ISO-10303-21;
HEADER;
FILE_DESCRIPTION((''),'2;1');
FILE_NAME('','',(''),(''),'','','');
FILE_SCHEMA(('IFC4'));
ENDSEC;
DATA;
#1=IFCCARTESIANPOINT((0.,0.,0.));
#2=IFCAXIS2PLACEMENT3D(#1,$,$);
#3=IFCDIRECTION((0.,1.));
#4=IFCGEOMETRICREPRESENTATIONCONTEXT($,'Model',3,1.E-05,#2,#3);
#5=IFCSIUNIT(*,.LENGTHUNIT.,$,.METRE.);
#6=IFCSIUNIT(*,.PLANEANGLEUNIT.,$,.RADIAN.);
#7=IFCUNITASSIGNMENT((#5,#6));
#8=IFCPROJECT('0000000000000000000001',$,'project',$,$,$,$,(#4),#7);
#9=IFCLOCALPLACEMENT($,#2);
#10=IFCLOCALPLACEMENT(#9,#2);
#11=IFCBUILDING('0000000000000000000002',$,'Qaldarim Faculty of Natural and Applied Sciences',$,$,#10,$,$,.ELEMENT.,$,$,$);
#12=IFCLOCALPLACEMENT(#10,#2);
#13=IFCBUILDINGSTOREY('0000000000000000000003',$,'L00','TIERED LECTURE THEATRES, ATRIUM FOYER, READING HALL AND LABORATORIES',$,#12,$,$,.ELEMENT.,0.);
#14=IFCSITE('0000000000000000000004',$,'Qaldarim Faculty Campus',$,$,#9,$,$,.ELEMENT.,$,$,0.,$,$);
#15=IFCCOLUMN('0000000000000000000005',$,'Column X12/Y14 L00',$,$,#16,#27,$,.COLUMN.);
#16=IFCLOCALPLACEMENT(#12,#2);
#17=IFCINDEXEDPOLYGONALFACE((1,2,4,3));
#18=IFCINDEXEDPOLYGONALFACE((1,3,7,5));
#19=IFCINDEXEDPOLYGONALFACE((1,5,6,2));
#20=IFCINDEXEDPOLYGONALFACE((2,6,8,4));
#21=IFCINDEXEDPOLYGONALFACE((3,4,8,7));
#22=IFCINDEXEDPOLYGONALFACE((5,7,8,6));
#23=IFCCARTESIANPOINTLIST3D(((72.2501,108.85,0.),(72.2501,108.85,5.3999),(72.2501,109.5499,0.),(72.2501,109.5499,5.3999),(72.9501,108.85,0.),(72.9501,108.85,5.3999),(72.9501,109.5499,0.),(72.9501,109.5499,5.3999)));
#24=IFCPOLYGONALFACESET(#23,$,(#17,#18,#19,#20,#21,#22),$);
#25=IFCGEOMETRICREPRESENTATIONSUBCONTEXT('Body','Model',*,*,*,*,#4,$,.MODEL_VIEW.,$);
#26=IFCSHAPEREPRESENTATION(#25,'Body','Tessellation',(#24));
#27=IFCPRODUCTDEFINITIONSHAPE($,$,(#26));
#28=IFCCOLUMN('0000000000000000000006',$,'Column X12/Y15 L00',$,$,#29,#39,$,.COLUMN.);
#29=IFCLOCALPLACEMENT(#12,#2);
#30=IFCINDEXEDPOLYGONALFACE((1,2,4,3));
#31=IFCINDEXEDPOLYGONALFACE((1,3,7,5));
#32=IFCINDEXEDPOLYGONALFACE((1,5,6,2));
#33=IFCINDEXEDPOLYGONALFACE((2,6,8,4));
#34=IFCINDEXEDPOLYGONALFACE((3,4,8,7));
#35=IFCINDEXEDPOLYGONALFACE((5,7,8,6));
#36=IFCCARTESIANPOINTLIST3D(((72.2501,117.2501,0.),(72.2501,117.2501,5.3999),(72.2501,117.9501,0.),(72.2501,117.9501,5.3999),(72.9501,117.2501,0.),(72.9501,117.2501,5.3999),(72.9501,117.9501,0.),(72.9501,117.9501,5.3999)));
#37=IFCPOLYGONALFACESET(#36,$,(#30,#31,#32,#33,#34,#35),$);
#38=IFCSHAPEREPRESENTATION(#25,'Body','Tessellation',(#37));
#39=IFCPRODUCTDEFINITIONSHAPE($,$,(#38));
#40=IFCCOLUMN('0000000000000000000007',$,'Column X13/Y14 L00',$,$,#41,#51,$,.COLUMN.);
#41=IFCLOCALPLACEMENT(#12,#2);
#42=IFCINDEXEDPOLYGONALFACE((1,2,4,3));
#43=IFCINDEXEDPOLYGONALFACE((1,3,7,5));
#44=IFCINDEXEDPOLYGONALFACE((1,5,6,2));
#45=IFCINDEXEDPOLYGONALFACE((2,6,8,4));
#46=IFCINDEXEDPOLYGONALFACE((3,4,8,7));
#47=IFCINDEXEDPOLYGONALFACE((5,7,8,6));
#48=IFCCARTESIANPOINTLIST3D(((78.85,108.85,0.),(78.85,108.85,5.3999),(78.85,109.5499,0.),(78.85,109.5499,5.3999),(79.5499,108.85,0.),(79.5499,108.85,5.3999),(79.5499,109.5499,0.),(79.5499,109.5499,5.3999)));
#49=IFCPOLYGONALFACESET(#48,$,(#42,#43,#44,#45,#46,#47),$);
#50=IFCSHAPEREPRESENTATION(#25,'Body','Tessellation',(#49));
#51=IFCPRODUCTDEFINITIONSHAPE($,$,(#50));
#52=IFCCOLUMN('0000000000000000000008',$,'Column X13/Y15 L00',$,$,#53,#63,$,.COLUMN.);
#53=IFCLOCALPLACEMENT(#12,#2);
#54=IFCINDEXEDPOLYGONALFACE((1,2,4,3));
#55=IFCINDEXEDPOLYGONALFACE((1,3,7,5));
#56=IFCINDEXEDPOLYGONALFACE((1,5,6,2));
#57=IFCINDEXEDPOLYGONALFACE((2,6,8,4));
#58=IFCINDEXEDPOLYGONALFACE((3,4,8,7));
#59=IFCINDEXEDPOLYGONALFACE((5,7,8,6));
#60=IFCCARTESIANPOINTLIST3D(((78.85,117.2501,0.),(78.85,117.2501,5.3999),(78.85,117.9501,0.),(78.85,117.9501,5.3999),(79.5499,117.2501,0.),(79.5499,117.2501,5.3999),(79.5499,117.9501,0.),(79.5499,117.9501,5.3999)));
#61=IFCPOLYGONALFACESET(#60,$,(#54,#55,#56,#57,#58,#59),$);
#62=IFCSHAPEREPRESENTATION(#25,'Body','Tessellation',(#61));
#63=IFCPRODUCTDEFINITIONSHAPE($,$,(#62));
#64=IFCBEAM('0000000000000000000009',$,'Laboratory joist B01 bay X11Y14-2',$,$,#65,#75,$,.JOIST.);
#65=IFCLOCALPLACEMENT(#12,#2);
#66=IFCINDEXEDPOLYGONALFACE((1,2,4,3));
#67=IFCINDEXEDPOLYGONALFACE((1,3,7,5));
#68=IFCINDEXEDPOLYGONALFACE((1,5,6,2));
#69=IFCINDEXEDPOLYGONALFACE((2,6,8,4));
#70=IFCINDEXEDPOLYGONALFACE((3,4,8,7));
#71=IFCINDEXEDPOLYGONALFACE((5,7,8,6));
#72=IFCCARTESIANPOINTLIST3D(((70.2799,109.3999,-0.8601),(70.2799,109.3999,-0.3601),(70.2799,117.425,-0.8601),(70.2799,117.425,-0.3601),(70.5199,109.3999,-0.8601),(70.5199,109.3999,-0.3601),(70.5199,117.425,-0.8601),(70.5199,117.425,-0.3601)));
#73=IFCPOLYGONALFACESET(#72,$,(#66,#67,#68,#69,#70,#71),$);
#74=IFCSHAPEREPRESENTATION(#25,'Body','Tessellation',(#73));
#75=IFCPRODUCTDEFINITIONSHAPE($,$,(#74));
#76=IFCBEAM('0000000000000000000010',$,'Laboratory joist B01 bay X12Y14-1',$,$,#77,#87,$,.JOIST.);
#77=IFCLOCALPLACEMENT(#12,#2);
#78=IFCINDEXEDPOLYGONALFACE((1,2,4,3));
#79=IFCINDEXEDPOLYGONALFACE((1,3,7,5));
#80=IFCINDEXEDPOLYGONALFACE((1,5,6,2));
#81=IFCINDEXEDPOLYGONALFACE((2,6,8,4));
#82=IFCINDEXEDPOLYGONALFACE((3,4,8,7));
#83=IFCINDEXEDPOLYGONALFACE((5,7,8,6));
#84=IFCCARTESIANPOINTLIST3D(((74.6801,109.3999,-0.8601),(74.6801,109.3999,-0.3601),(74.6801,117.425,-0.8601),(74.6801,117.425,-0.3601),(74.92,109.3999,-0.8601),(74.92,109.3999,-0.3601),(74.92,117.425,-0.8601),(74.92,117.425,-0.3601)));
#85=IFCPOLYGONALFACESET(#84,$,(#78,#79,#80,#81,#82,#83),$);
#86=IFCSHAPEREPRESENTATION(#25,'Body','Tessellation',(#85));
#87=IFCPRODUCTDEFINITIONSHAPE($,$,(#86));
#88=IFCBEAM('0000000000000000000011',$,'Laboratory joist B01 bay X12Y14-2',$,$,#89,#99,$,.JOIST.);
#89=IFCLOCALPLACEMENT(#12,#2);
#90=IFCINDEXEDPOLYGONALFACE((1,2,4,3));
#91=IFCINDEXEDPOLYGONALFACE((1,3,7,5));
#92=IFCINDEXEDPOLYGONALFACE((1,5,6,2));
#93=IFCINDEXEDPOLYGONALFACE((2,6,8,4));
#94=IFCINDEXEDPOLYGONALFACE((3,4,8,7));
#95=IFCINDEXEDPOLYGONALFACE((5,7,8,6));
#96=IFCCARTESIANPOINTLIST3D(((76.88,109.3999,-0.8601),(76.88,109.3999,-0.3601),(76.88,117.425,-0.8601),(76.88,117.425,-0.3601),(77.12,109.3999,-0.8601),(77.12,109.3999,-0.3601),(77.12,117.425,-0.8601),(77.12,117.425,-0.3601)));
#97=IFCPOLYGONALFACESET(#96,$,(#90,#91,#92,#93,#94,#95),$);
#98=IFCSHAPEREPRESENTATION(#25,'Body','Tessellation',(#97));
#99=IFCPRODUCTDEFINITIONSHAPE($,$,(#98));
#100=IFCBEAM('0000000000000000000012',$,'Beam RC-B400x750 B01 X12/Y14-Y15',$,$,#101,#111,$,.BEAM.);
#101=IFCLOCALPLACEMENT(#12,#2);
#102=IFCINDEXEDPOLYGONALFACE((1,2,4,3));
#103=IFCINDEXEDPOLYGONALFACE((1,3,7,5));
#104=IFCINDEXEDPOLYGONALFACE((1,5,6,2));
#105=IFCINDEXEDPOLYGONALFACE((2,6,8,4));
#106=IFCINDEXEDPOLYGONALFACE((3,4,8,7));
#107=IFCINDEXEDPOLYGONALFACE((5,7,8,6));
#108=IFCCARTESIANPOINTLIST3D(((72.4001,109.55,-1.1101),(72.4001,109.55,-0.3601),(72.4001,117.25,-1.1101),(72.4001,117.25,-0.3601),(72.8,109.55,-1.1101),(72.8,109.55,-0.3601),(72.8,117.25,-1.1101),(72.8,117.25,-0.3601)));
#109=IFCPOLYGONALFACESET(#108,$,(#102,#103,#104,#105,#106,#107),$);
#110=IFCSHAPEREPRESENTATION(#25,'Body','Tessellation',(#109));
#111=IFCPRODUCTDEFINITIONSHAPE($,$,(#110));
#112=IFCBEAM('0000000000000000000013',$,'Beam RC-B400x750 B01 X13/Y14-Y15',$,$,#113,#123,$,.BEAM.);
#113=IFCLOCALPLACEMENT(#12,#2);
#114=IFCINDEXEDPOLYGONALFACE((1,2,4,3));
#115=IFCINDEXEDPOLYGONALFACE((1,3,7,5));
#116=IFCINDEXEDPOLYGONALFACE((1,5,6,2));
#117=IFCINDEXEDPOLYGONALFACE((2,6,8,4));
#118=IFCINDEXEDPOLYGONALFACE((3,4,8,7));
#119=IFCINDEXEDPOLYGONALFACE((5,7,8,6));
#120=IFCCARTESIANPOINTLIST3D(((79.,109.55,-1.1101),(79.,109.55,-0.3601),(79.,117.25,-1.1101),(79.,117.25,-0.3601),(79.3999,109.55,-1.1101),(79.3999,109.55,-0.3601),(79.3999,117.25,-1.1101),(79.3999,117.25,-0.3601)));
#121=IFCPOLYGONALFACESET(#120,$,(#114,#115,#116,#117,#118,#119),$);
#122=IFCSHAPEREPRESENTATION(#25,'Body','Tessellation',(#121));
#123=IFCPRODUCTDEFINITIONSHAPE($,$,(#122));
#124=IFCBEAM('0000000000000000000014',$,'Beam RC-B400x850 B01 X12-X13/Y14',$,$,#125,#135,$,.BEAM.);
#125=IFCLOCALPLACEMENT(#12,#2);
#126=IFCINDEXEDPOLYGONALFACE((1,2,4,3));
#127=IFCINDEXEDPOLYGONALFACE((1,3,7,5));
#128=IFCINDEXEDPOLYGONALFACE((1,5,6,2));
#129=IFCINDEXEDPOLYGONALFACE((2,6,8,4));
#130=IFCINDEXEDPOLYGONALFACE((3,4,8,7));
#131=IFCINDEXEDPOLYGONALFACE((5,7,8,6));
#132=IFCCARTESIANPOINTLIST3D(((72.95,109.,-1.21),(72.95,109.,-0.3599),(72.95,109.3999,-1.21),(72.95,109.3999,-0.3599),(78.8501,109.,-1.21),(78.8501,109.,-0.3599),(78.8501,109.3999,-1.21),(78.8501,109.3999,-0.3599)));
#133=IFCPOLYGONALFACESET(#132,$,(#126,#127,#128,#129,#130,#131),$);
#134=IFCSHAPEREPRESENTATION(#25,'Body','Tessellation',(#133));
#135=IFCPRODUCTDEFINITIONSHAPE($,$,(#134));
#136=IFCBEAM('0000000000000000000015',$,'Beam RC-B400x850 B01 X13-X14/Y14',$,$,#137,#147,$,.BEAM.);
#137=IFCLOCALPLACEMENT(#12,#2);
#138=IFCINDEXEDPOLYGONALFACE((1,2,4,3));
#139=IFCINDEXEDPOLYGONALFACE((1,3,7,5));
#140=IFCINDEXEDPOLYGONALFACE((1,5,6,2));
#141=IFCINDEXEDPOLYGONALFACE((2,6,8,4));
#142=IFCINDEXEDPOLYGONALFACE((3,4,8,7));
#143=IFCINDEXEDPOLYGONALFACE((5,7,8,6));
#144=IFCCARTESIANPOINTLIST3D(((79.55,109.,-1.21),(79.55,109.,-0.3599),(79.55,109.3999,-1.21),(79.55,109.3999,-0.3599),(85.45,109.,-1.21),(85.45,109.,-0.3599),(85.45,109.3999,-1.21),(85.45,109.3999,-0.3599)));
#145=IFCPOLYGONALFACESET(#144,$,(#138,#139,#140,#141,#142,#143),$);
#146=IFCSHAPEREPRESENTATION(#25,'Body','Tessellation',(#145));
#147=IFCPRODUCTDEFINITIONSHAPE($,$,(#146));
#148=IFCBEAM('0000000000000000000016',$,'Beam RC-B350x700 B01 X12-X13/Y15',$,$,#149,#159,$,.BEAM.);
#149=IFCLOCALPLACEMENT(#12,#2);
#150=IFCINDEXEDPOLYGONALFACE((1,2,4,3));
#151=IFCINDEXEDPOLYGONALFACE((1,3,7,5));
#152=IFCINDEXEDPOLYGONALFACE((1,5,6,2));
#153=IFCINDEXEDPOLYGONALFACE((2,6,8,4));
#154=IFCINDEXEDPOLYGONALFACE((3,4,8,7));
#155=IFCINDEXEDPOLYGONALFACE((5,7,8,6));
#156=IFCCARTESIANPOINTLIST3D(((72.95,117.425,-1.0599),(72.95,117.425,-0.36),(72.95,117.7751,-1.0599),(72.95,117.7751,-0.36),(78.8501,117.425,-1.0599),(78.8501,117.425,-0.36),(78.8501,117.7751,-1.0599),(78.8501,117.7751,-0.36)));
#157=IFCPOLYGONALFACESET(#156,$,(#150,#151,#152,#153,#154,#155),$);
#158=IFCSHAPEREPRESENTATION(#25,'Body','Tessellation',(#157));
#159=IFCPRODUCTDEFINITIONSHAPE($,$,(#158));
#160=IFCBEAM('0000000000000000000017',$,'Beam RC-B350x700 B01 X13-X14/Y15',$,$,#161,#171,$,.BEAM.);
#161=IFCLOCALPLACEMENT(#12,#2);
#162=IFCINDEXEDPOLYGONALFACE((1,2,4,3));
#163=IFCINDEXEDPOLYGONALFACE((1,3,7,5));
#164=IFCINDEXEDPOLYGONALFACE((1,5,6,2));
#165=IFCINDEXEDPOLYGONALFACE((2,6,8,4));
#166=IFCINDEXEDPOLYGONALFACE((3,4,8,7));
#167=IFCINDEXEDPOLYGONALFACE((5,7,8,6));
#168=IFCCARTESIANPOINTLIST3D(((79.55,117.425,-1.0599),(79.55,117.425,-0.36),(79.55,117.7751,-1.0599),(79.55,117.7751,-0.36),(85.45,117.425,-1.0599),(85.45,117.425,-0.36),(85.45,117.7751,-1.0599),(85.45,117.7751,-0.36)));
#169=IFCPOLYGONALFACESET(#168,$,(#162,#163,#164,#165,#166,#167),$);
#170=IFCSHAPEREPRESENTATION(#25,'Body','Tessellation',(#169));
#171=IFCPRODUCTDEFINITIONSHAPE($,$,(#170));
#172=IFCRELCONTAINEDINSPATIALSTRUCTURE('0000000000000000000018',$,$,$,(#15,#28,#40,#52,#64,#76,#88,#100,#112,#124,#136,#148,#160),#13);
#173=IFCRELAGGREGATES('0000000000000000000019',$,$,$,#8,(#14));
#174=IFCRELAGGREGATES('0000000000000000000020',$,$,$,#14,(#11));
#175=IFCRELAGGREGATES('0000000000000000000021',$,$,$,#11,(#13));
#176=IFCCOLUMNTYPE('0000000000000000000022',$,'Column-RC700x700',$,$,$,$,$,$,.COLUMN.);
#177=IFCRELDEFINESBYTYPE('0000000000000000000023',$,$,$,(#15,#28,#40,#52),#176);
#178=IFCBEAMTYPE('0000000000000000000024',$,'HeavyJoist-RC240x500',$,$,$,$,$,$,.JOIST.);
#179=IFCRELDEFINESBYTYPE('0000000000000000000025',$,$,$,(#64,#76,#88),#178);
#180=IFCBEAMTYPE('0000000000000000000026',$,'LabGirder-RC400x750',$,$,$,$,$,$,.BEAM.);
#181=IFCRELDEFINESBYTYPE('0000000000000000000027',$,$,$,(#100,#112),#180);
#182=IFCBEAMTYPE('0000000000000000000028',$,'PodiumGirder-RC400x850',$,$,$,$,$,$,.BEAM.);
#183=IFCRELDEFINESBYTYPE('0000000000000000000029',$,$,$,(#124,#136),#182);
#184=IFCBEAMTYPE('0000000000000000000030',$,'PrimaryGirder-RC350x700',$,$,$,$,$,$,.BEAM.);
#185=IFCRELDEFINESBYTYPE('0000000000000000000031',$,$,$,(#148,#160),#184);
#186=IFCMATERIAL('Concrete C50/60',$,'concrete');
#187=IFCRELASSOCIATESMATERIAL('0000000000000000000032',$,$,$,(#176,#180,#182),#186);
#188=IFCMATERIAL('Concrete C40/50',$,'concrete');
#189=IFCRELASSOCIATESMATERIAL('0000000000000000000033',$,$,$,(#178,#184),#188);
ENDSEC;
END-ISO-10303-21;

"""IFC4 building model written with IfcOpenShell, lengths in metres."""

from ifc_helpers import new_model, si_unit, direction, frame, origin, origin_2d, place, context, subcontext, project, spatial, rectangle, extrude, material, material_profile, profile_set, type_object, element, save


model = new_model("IFC4")

# Units and contexts
model_context = context("Model", 3, precision=1e-05, world=origin(), true_north=direction((0.0, 1.0)))
body_context = subcontext(model_context, "Body", "Model", "MODEL_VIEW")
ifc_project = project(units=[si_unit("LENGTHUNIT", "METRE"), si_unit("PLANEANGLEUNIT", "RADIAN")], contexts=[model_context])

# Site, building, storey
site_placement = place(None, origin())
site = spatial("IfcSite", under=ifc_project, at=site_placement, Name="Qaldarim Faculty Campus", CompositionType="ELEMENT", RefElevation=0.0)
building_placement = place(site_placement, origin())
building = spatial("IfcBuilding", under=site, at=building_placement, Name="Qaldarim Faculty of Natural and Applied Sciences", CompositionType="ELEMENT")
storey_placement = place(building_placement, origin())
storey = spatial("IfcBuildingStorey", under=building, at=storey_placement, Name="L00", Description="TIERED LECTURE THEATRES, ATRIUM FOYER, READING HALL AND LABORATORIES", CompositionType="ELEMENT", Elevation=0.0)

# Columns
ifc_material_1 = material(Name="Concrete C50/60", Category="concrete")
ifc_material_profile_1 = material_profile(ifc_material_1, rectangle(XDim=0.7, YDim=0.7, at=origin_2d()), Name="RC-C700x700")
ifc_profile_set_1 = profile_set([ifc_material_profile_1], Name="Concrete C50/60")
column_type = type_object("IfcColumnType", Name="Column-RC700x700", PredefinedType="COLUMN", material=ifc_profile_set_1)
for number, where, z_axis, x_axis, name in (
    (1, (72.6001, 109.2, 0.0), (0.0, 0.0, 1.0), (1.0, 0.0, 0.0), "Column X12/Y14 L00"),
    (2, (72.6001, 117.6001, 0.0), (0.0, 0.0, 1.0), (1.0, 0.0, 0.0), "Column X12/Y15 L00"),
    (3, (79.2, 109.2, 0.0), (0.0, 0.0, 1.0), (1.0, 0.0, 0.0), "Column X13/Y14 L00"),
    (4, (79.2, 117.6001, 0.0), (0.0, 0.0, 1.0), (1.0, 0.0, 0.0), "Column X13/Y15 L00"),
):
    element("IfcColumn", number, at=place(storey_placement, frame(where, z_axis=z_axis, x_axis=x_axis)), inside=storey, type_object=column_type, Name=name, PredefinedType="COLUMN", context=body_context, shape_type="SweptSolid", body=[
        extrude(rectangle(XDim=0.7, YDim=0.7, at=origin_2d()), origin(), (0.0, 0.0, 1.0), 5.3999),
    ])

# Beams
ifc_material_2 = material(Name="Concrete C40/50", Category="concrete")
ifc_material_profile_2 = material_profile(ifc_material_2, rectangle(XDim=0.24, YDim=0.5, at=origin_2d()), Name="RC-J240x500")
ifc_profile_set_2 = profile_set([ifc_material_profile_2], Name="Concrete C40/50")
beam_type_1 = type_object("IfcBeamType", Name="HeavyJoist-RC240x500", PredefinedType="JOIST", material=ifc_profile_set_2)
for number, where, z_axis, x_axis, name in (
    (5, (70.3999, 109.3999, -0.6101), (0.0, 1.0, 0.0), (-1.0, 0.0, 0.0), "Laboratory joist B01 bay X11Y14-2"),
    (6, (74.8, 109.3999, -0.6101), (0.0, 1.0, 0.0), (-1.0, 0.0, 0.0), "Laboratory joist B01 bay X12Y14-1"),
    (7, (77.0, 109.3999, -0.6101), (0.0, 1.0, 0.0), (-1.0, 0.0, 0.0), "Laboratory joist B01 bay X12Y14-2"),
):
    element("IfcBeam", number, at=place(storey_placement, frame(where, z_axis=z_axis, x_axis=x_axis)), inside=storey, type_object=beam_type_1, Name=name, PredefinedType="JOIST", context=body_context, shape_type="SweptSolid", body=[
        extrude(rectangle(XDim=0.24, YDim=0.5, at=origin_2d()), origin(), (0.0, 0.0, 1.0), 8.0251),
    ])
ifc_material_profile_3 = material_profile(ifc_material_1, rectangle(XDim=0.3999, YDim=0.75, at=origin_2d()), Name="RC-B400x750")
ifc_profile_set_3 = profile_set([ifc_material_profile_3], Name="Concrete C50/60")
beam_type_2 = type_object("IfcBeamType", Name="LabGirder-RC400x750", PredefinedType="BEAM", material=ifc_profile_set_3)
for number, where, z_axis, x_axis, name in (
    (8, (72.6001, 109.55, -0.7351), (0.0, 1.0, 0.0), (-1.0, 0.0, 0.0), "Beam RC-B400x750 B01 X12/Y14-Y15"),
    (9, (79.2, 109.55, -0.7351), (0.0, 1.0, 0.0), (-1.0, 0.0, 0.0), "Beam RC-B400x750 B01 X13/Y14-Y15"),
):
    element("IfcBeam", number, at=place(storey_placement, frame(where, z_axis=z_axis, x_axis=x_axis)), inside=storey, type_object=beam_type_2, Name=name, PredefinedType="BEAM", context=body_context, shape_type="SweptSolid", body=[
        extrude(rectangle(XDim=0.3999, YDim=0.75, at=origin_2d()), origin(), (0.0, 0.0, 1.0), 7.7),
    ])
ifc_material_profile_4 = material_profile(ifc_material_1, rectangle(XDim=0.3999, YDim=0.8501, at=origin_2d()), Name="RC-B400x850")
ifc_profile_set_4 = profile_set([ifc_material_profile_4], Name="Concrete C50/60")
beam_type_3 = type_object("IfcBeamType", Name="PodiumGirder-RC400x850", PredefinedType="BEAM", material=ifc_profile_set_4)
beam_1_placement = place(storey_placement, frame((72.95, 109.2, -0.7849), z_axis=(1.0, 0.0, 0.0), x_axis=(0.0, 1.0, 0.0)))
element("IfcBeam", 10, at=beam_1_placement, inside=storey, type_object=beam_type_3, Name="Beam RC-B400x850 B01 X12-X13/Y14", PredefinedType="BEAM", context=body_context, shape_type="SweptSolid", body=[
    extrude(rectangle(XDim=0.3999, YDim=0.8501, at=origin_2d()), origin(), (0.0, 0.0, 1.0), 5.9001),
])
beam_2_placement = place(storey_placement, frame((79.55, 109.2, -0.7849), z_axis=(1.0, 0.0, 0.0), x_axis=(0.0, 1.0, 0.0)))
element("IfcBeam", 11, at=beam_2_placement, inside=storey, type_object=beam_type_3, Name="Beam RC-B400x850 B01 X13-X14/Y14", PredefinedType="BEAM", context=body_context, shape_type="SweptSolid", body=[
    extrude(rectangle(XDim=0.3999, YDim=0.8501, at=origin_2d()), origin(), (0.0, 0.0, 1.0), 5.8999),
])
ifc_material_profile_5 = material_profile(ifc_material_2, rectangle(XDim=0.3501, YDim=0.7, at=origin_2d()), Name="RC-B350x700")
ifc_profile_set_5 = profile_set([ifc_material_profile_5], Name="Concrete C40/50")
beam_type_4 = type_object("IfcBeamType", Name="PrimaryGirder-RC350x700", PredefinedType="BEAM", material=ifc_profile_set_5)
beam_3_placement = place(storey_placement, frame((72.95, 117.6001, -0.71), z_axis=(1.0, 0.0, 0.0), x_axis=(0.0, 1.0, 0.0)))
element("IfcBeam", 12, at=beam_3_placement, inside=storey, type_object=beam_type_4, Name="Beam RC-B350x700 B01 X12-X13/Y15", PredefinedType="BEAM", context=body_context, shape_type="SweptSolid", body=[
    extrude(rectangle(XDim=0.3501, YDim=0.7, at=origin_2d()), origin(), (0.0, 0.0, 1.0), 5.9001),
])
beam_4_placement = place(storey_placement, frame((79.55, 117.6001, -0.71), z_axis=(1.0, 0.0, 0.0), x_axis=(0.0, 1.0, 0.0)))
element("IfcBeam", 13, at=beam_4_placement, inside=storey, type_object=beam_type_4, Name="Beam RC-B350x700 B01 X13-X14/Y15", PredefinedType="BEAM", context=body_context, shape_type="SweptSolid", body=[
    extrude(rectangle(XDim=0.3501, YDim=0.7, at=origin_2d()), origin(), (0.0, 0.0, 1.0), 5.8999),
])

save(model, "model.ifc")
